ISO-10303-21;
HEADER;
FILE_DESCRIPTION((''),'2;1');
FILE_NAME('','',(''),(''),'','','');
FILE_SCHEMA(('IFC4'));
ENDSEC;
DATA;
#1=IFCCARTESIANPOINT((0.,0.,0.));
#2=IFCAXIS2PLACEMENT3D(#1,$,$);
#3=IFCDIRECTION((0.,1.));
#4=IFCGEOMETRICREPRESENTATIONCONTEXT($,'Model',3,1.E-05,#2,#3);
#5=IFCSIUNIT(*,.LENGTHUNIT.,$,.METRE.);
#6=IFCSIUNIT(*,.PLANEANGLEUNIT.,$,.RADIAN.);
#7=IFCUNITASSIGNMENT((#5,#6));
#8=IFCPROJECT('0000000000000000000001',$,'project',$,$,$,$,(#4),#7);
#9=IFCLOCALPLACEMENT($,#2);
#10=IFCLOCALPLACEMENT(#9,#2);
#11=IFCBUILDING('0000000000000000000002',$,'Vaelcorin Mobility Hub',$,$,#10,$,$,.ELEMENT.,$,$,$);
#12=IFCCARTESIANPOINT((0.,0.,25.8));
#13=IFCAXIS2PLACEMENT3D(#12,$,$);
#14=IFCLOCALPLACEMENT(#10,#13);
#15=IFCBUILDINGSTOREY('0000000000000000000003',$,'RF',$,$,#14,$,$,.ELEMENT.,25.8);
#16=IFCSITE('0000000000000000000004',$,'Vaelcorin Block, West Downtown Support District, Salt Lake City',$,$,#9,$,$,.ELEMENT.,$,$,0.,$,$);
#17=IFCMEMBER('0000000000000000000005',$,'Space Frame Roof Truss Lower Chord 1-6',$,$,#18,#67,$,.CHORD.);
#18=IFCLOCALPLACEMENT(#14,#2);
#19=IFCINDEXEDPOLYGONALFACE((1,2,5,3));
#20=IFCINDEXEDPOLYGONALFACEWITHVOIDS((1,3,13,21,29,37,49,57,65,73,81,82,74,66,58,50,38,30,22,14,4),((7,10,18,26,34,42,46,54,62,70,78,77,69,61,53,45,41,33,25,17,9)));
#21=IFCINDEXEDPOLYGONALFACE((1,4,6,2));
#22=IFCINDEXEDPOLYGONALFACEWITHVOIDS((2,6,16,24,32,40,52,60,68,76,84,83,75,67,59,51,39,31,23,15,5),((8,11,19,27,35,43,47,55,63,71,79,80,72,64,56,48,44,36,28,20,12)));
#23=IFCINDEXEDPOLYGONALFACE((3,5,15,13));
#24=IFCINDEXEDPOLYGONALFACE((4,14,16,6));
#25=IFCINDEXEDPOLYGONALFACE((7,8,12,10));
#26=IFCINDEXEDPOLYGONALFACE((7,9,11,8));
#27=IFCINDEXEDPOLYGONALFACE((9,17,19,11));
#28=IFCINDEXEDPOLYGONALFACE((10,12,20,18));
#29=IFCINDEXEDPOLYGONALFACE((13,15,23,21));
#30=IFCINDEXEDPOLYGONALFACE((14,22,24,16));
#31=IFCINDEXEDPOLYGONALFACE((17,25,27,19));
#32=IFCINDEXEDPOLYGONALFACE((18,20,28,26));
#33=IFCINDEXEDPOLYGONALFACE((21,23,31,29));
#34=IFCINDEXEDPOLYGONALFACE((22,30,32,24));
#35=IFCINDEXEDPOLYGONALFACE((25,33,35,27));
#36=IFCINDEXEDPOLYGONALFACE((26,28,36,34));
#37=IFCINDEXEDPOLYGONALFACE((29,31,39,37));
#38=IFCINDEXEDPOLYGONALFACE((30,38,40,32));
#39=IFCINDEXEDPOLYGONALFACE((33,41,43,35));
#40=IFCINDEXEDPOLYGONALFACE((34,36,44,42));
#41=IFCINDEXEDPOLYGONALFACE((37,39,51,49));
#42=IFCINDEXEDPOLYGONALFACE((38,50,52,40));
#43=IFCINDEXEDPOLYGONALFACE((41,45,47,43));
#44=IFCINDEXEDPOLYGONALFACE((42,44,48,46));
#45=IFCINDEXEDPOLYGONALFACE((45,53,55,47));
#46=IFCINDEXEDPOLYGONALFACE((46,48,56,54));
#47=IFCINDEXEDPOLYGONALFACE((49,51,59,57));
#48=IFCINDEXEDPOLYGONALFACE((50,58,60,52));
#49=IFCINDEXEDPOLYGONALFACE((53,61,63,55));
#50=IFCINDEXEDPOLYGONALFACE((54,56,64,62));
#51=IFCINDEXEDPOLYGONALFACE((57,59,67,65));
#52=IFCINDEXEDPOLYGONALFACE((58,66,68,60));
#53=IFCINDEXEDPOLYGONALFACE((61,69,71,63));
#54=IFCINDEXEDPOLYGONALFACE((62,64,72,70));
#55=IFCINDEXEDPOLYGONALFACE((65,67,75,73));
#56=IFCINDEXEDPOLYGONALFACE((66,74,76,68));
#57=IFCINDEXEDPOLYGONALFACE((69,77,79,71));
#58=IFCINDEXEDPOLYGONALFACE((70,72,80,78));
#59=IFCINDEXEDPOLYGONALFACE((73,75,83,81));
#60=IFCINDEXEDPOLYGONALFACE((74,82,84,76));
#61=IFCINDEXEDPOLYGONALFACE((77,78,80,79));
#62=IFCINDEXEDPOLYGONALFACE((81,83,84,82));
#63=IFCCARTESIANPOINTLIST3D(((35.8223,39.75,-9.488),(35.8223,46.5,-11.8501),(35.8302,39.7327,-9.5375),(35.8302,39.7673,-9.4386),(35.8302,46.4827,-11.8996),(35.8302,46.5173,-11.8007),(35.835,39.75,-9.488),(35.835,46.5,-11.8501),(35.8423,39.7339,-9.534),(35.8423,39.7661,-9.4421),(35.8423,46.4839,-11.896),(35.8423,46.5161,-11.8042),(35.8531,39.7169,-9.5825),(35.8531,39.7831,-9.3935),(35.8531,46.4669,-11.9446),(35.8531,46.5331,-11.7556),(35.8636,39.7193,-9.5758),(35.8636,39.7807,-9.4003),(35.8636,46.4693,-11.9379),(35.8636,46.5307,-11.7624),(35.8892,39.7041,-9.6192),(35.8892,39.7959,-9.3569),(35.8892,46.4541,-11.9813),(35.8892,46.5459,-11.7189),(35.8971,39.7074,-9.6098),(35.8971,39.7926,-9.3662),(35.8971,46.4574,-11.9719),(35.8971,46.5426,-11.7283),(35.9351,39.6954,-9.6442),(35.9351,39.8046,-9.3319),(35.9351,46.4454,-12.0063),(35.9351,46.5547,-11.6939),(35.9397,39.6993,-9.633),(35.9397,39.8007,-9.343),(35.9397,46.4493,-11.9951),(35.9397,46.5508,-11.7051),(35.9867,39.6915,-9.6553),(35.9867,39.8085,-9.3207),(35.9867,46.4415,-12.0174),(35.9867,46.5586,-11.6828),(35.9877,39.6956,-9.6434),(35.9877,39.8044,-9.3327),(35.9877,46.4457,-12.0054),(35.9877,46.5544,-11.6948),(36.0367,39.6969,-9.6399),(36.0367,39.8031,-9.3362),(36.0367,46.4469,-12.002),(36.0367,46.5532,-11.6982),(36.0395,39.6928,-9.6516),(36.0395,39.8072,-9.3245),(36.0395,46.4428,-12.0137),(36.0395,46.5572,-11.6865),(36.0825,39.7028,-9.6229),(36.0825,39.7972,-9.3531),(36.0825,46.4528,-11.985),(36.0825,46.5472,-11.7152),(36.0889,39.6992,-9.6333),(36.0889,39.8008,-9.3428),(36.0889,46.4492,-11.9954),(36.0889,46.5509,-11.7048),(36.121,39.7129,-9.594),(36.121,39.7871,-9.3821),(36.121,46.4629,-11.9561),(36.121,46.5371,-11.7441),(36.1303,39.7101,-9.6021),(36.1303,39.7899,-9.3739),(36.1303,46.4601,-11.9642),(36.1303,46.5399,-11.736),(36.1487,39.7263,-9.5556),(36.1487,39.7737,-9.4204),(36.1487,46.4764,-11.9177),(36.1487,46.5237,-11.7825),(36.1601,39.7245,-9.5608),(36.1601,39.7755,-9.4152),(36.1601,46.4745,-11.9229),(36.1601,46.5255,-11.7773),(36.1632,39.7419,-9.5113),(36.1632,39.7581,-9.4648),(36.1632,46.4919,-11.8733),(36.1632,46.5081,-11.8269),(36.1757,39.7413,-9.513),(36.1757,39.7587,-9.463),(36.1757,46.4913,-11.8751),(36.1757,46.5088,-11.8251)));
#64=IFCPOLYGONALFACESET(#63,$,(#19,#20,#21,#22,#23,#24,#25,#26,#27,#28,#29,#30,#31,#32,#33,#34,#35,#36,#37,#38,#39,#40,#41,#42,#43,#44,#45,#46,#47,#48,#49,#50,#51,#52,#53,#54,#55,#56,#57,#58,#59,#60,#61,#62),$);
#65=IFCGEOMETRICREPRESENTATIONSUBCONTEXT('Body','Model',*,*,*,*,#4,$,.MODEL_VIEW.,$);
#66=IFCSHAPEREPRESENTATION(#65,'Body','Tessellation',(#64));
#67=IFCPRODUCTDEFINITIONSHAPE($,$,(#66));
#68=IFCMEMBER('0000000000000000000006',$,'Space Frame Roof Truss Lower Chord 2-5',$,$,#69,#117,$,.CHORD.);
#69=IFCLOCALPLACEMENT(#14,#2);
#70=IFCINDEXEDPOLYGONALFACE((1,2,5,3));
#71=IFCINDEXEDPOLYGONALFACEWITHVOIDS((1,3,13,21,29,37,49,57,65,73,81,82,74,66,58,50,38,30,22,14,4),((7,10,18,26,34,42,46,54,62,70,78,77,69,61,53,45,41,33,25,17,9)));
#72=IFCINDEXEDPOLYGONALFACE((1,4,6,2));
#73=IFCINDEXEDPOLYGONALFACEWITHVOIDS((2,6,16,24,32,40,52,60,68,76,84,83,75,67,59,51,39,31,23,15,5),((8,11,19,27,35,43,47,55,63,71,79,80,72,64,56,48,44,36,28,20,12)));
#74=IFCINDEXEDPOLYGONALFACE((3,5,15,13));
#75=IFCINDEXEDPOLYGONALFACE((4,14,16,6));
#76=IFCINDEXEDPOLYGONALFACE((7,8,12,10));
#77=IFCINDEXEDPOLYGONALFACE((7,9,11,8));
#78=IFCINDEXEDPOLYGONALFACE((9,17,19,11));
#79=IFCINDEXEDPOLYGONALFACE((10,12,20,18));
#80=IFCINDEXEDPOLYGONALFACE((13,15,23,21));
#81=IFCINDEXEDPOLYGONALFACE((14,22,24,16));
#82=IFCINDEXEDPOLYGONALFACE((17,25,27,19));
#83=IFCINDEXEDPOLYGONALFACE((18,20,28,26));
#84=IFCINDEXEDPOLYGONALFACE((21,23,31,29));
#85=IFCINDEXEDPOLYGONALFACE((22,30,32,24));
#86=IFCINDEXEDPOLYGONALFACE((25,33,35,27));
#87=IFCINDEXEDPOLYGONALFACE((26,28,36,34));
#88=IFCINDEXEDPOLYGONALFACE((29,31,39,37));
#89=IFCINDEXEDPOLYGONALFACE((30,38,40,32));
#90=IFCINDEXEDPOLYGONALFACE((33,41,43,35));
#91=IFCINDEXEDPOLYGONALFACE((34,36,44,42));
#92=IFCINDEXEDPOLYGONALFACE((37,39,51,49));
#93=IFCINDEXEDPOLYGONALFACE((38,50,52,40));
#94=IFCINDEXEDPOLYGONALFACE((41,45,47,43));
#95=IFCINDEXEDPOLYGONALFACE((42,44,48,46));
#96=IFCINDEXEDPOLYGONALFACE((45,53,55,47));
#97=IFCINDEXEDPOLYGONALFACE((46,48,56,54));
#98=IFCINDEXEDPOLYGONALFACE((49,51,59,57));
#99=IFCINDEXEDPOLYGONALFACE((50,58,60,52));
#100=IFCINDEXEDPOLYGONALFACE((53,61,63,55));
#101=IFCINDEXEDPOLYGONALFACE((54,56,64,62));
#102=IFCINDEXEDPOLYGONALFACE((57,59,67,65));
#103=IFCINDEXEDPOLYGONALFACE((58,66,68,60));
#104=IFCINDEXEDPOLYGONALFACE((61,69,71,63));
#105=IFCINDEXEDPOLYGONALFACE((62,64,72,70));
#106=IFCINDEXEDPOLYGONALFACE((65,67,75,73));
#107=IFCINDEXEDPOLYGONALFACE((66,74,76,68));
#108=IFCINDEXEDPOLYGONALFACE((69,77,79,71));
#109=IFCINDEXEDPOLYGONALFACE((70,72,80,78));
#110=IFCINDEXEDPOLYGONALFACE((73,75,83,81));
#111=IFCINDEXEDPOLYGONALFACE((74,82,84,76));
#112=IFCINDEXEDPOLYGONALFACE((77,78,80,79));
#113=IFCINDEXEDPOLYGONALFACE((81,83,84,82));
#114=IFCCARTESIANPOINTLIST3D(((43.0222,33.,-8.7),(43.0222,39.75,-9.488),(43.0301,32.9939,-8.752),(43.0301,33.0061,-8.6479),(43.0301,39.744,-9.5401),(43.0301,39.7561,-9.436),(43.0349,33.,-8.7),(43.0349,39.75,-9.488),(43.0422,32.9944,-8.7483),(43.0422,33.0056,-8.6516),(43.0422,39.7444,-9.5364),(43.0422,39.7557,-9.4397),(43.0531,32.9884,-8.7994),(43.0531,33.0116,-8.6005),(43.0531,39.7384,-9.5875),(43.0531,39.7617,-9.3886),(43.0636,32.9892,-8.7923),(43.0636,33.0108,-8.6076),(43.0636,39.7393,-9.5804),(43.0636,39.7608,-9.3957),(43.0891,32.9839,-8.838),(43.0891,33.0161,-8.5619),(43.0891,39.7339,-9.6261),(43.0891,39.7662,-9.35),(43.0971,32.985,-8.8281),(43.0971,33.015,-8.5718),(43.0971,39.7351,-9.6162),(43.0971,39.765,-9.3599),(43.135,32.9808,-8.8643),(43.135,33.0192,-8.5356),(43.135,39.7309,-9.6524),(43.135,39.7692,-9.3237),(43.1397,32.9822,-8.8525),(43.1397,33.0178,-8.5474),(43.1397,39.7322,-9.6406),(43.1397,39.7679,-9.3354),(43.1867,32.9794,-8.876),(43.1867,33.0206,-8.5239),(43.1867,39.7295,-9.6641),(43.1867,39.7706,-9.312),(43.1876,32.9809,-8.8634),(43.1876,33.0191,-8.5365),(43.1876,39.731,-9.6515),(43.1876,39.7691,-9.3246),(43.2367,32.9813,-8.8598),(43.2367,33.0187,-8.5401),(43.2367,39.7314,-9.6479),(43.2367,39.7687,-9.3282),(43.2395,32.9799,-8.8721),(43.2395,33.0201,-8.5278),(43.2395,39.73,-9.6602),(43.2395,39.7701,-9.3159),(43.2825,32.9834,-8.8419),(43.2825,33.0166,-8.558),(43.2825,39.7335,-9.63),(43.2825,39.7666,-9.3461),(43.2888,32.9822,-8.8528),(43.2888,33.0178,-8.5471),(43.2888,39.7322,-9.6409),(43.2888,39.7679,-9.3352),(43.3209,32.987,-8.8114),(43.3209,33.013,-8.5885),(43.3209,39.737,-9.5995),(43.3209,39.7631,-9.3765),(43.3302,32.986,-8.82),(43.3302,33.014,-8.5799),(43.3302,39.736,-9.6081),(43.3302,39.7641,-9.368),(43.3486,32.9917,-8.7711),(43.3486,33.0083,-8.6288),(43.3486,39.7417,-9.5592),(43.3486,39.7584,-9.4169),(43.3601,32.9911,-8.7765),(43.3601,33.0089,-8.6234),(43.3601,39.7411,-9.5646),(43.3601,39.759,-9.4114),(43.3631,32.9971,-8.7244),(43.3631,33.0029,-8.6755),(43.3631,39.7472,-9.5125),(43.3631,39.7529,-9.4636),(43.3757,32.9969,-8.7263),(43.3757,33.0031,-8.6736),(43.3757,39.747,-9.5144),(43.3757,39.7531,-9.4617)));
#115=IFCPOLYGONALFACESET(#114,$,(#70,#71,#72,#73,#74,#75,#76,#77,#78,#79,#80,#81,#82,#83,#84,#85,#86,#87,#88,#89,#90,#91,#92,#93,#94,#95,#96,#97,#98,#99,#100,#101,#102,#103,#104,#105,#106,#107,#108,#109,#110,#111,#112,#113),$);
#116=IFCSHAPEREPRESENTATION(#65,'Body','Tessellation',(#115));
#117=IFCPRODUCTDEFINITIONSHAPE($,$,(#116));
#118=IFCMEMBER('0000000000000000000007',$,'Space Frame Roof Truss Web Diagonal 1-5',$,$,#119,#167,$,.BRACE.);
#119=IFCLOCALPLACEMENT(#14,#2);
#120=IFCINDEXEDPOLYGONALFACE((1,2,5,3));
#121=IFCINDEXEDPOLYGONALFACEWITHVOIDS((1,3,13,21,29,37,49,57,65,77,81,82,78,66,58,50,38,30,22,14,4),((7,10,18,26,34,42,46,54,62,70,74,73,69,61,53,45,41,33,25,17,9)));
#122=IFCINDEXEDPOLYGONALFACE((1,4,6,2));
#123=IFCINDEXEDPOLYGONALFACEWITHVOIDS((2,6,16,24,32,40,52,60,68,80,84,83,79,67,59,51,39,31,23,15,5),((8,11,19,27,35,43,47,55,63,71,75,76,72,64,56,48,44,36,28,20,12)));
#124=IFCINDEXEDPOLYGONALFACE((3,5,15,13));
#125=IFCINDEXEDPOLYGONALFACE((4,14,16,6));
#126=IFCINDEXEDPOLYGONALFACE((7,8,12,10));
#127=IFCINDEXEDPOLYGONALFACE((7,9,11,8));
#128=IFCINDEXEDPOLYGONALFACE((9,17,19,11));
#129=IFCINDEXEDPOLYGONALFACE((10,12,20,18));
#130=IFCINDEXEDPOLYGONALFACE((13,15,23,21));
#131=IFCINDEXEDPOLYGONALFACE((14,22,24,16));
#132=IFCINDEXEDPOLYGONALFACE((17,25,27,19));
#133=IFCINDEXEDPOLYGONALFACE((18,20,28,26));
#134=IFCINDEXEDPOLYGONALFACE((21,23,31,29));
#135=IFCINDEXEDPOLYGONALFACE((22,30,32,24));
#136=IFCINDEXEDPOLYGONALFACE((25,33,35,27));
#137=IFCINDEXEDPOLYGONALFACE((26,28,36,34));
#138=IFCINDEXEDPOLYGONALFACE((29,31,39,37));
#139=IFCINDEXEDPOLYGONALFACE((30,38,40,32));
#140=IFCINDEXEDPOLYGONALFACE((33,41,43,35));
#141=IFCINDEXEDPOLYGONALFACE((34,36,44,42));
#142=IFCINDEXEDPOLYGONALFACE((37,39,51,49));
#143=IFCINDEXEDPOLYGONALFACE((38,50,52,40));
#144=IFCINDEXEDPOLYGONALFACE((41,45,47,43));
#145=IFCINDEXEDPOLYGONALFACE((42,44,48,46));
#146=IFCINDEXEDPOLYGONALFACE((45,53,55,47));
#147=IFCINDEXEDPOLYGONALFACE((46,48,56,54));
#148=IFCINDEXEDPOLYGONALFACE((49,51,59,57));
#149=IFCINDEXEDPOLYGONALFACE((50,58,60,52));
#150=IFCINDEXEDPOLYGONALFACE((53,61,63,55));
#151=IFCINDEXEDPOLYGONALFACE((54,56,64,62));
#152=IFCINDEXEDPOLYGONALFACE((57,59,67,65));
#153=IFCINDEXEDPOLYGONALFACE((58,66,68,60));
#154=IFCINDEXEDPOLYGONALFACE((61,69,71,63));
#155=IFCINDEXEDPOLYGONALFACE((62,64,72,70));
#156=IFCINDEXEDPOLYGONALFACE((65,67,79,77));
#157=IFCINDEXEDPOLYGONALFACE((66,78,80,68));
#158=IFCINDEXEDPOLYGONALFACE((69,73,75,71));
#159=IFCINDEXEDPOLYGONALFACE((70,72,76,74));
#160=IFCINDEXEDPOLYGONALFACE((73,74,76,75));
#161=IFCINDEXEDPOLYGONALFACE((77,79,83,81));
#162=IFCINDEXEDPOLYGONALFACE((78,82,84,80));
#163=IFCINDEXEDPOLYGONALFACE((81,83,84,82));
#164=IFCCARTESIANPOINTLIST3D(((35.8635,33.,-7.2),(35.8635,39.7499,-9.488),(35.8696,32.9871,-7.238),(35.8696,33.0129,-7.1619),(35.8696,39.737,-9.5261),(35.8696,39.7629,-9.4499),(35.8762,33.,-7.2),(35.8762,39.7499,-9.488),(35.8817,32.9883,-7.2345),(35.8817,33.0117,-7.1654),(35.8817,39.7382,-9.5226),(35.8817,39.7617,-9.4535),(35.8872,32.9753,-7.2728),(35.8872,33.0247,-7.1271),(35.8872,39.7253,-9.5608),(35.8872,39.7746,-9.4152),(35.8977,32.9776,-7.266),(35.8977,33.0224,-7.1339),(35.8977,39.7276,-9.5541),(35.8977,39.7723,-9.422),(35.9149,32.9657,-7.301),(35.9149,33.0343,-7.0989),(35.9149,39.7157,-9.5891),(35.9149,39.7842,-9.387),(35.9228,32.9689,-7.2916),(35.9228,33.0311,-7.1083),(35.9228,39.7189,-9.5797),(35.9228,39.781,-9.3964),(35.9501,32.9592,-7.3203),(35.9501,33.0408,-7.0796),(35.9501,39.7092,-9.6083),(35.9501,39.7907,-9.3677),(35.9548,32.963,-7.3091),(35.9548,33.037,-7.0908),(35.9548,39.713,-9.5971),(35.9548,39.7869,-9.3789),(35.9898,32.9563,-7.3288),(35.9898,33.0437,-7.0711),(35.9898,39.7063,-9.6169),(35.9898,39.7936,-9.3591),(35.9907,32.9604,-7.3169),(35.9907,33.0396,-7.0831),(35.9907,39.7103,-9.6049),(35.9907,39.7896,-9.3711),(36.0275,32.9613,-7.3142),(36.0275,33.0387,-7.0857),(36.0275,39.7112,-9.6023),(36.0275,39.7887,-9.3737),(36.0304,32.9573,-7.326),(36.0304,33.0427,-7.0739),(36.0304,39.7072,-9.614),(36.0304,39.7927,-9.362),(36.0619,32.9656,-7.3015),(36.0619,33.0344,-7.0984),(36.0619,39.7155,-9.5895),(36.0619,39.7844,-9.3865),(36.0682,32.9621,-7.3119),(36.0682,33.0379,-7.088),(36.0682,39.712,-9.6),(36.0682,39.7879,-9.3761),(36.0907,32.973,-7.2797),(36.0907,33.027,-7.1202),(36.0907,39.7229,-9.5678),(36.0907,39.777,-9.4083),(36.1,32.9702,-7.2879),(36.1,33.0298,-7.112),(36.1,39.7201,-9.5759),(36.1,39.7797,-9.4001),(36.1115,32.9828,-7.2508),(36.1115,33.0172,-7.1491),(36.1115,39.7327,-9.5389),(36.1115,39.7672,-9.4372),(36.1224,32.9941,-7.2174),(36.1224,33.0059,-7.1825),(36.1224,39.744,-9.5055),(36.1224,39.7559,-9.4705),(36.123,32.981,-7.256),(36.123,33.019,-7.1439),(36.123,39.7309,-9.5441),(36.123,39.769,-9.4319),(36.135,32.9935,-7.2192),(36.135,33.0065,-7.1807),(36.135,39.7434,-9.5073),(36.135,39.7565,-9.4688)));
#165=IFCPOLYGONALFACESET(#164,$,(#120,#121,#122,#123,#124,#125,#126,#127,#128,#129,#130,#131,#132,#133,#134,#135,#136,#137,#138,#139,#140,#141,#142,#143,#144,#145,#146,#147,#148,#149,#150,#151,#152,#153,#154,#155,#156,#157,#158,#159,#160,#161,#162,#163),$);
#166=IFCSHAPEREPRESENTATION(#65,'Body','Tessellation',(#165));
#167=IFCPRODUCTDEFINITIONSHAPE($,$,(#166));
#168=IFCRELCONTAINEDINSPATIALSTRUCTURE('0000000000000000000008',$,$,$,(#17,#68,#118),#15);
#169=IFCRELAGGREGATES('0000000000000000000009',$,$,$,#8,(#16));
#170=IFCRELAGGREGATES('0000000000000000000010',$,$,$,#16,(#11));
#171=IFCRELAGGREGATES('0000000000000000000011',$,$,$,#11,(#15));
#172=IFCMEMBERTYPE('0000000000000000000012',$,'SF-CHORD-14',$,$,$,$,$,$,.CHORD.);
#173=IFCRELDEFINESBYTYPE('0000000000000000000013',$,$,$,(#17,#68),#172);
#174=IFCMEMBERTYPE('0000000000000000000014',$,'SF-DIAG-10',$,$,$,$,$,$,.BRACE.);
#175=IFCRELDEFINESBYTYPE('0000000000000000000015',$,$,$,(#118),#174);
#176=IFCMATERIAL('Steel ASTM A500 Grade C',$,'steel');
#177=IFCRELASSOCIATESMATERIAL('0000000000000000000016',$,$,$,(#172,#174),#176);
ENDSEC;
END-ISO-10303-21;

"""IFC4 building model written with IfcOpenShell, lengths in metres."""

from ifc_helpers import new_model, si_unit, direction, frame, origin, origin_2d, place, context, subcontext, project, spatial, hollow_circle, extrude, material, material_profile, profile_set, type_object, element, save


model = new_model("IFC4")

# Units and contexts
model_context = context("Model", 3, precision=1e-05, world=origin(), true_north=direction((0.0, 1.0)))
body_context = subcontext(model_context, "Body", "Model", "MODEL_VIEW")
ifc_project = project(units=[si_unit("LENGTHUNIT", "METRE"), si_unit("PLANEANGLEUNIT", "RADIAN")], contexts=[model_context])

# Site, building, storey
site_placement = place(None, origin())
site = spatial("IfcSite", under=ifc_project, at=site_placement, Name="Vaelcorin Block, West Downtown Support District, Salt Lake City", CompositionType="ELEMENT", RefElevation=0.0)
building_placement = place(site_placement, origin())
building = spatial("IfcBuilding", under=site, at=building_placement, Name="Vaelcorin Mobility Hub", CompositionType="ELEMENT")
storey_placement = place(building_placement, frame((0.0, 0.0, 25.8)))
storey = spatial("IfcBuildingStorey", under=building, at=storey_placement, Name="RF", CompositionType="ELEMENT", Elevation=25.8)

# Members
ifc_material_1 = material(Name="Steel ASTM A500 Grade C", Category="steel")
ifc_material_profile_1 = material_profile(ifc_material_1, hollow_circle(Radius=0.1777, WallThickness=0.0127, at=origin_2d()), Name="HSS14.000X0.500")
ifc_profile_set_1 = profile_set([ifc_material_profile_1], Name="Steel ASTM A500 Grade C")
member_type_1 = type_object("IfcMemberType", Name="SF-CHORD-14", PredefinedType="CHORD", material=ifc_profile_set_1)
member_1_placement = place(storey_placement, frame((36.0, 39.75, -9.488), z_axis=(0.0, 0.943878, -0.330296), x_axis=(-1.0, 0.0, 0.0)))
element("IfcMember", 1, at=member_1_placement, inside=storey, type_object=member_type_1, Name="Space Frame Roof Truss Lower Chord 1-6", PredefinedType="CHORD", context=body_context, shape_type="SweptSolid", body=[
    extrude(hollow_circle(Radius=0.1777, WallThickness=0.0127, at=origin_2d()), origin(), (0.0, 0.0, 1.0), 7.1514),
])
member_2_placement = place(storey_placement, frame((43.2, 33.0, -8.7), z_axis=(0.0, 0.993253, -0.115966), x_axis=(-1.0, 0.0, 0.0)))
element("IfcMember", 2, at=member_2_placement, inside=storey, type_object=member_type_1, Name="Space Frame Roof Truss Lower Chord 2-5", PredefinedType="CHORD", context=body_context, shape_type="SweptSolid", body=[
    extrude(hollow_circle(Radius=0.1777, WallThickness=0.0127, at=origin_2d()), origin(), (0.0, 0.0, 1.0), 6.7959),
])
ifc_material_profile_2 = material_profile(ifc_material_1, hollow_circle(Radius=0.1365, WallThickness=0.0127, at=origin_2d()), Name="HSS10.750X0.500")
ifc_profile_set_2 = profile_set([ifc_material_profile_2], Name="Steel ASTM A500 Grade C")
member_type_2 = type_object("IfcMemberType", Name="SF-DIAG-10", PredefinedType="BRACE", material=ifc_profile_set_2)
member_3_placement = place(storey_placement, frame((36.0, 33.0, -7.2), z_axis=(0.0, 0.947068, -0.321033), x_axis=(-1.0, 0.0, 0.0)))
element("IfcMember", 3, at=member_3_placement, inside=storey, type_object=member_type_2, Name="Space Frame Roof Truss Web Diagonal 1-5", PredefinedType="BRACE", context=body_context, shape_type="SweptSolid", body=[
    extrude(hollow_circle(Radius=0.1365, WallThickness=0.0127, at=origin_2d()), origin(), (0.0, 0.0, 1.0), 7.1272),
])

save(model, "model.ifc")
